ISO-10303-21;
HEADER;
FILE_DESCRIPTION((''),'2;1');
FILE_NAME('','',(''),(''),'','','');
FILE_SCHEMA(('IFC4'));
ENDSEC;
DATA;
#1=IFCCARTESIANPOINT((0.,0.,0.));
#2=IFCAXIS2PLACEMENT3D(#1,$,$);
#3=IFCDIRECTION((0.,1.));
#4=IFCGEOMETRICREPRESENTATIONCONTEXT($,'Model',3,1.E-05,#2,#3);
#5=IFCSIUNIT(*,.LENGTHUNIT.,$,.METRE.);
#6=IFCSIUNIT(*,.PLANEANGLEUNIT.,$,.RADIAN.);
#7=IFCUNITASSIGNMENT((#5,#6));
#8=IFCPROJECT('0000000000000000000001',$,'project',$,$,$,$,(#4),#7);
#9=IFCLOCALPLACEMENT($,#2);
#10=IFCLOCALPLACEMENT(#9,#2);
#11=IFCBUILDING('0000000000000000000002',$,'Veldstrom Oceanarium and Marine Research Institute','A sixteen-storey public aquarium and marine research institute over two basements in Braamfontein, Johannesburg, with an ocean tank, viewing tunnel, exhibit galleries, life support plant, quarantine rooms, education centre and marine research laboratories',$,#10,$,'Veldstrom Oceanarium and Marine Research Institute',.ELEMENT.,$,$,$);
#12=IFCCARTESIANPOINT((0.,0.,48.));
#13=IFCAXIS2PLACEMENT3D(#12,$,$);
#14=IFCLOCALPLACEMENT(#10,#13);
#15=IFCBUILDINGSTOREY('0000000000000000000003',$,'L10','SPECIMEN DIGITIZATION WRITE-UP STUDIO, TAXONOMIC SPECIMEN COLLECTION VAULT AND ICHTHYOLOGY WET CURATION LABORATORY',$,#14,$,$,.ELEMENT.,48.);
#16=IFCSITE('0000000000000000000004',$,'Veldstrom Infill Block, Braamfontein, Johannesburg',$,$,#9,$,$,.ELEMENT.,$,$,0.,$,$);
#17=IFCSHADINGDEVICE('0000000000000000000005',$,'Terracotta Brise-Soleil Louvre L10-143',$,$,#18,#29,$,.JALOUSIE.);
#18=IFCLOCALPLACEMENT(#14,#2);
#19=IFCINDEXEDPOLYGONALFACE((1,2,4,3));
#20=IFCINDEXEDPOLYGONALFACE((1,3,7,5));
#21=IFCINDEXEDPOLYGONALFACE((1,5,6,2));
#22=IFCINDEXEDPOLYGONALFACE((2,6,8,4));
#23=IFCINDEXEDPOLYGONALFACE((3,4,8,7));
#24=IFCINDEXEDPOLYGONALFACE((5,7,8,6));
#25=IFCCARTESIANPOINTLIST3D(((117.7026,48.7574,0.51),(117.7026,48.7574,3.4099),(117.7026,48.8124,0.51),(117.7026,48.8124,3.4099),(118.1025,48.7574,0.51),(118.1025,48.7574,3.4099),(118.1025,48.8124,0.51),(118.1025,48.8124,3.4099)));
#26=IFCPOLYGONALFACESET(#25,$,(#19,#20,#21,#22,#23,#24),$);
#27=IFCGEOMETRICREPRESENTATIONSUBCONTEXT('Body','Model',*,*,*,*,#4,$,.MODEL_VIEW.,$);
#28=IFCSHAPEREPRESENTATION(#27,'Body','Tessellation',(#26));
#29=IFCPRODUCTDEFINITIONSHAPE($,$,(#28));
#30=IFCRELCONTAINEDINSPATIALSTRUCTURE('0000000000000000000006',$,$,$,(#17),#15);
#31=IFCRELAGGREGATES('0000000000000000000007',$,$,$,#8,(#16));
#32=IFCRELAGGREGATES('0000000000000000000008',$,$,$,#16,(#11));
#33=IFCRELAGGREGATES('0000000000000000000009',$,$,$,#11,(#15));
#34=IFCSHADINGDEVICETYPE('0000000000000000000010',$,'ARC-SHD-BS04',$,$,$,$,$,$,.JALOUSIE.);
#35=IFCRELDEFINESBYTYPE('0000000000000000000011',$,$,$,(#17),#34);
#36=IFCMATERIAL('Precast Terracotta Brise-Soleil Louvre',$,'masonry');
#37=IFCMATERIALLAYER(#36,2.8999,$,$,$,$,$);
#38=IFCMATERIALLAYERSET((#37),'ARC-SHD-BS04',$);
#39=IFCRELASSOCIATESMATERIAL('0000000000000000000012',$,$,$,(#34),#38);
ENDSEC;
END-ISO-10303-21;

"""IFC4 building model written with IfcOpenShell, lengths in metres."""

from ifc_helpers import new_model, si_unit, direction, frame, origin, origin_2d, place, context, subcontext, project, spatial, rectangle, extrude, material, layer, layer_set, type_object, element, save


model = new_model("IFC4")

# Units and contexts
model_context = context("Model", 3, precision=1e-05, world=origin(), true_north=direction((0.0, 1.0)))
body_context = subcontext(model_context, "Body", "Model", "MODEL_VIEW")
ifc_project = project(units=[si_unit("LENGTHUNIT", "METRE"), si_unit("PLANEANGLEUNIT", "RADIAN")], contexts=[model_context])

# Site, building, storey
site_placement = place(None, origin())
site = spatial("IfcSite", under=ifc_project, at=site_placement, Name="Veldstrom Infill Block, Braamfontein, Johannesburg", CompositionType="ELEMENT", RefElevation=0.0)
building_placement = place(site_placement, origin())
building = spatial("IfcBuilding", under=site, at=building_placement, Name="Veldstrom Oceanarium and Marine Research Institute", Description="A sixteen-storey public aquarium and marine research institute over two basements in Braamfontein, Johannesburg, with an ocean tank, viewing tunnel, exhibit galleries, life support plant, quarantine rooms, education centre and marine research laboratories", LongName="Veldstrom Oceanarium and Marine Research Institute", CompositionType="ELEMENT")
storey_placement = place(building_placement, frame((0.0, 0.0, 48.0)))
storey = spatial("IfcBuildingStorey", under=building, at=storey_placement, Name="L10", Description="SPECIMEN DIGITIZATION WRITE-UP STUDIO, TAXONOMIC SPECIMEN COLLECTION VAULT AND ICHTHYOLOGY WET CURATION LABORATORY", CompositionType="ELEMENT", Elevation=48.0)

# Shading device
ifc_material_1 = material(Name="Precast Terracotta Brise-Soleil Louvre", Category="masonry")
ifc_layer_1 = layer(ifc_material_1, 2.8999)
ifc_layer_set_1 = layer_set([ifc_layer_1], Name="ARC-SHD-BS04")
shading_device_type = type_object("IfcShadingDeviceType", Name="ARC-SHD-BS04", PredefinedType="JALOUSIE", material=ifc_layer_set_1)
for number, where, z_axis, x_axis, name in (
    (1, (117.9026, 48.7849, 0.51), (0.0, 0.0, 1.0), (1.0, 0.0, 0.0), "Terracotta Brise-Soleil Louvre L10-143"),
):
    element("IfcShadingDevice", number, at=place(storey_placement, frame(where, z_axis=z_axis, x_axis=x_axis)), inside=storey, type_object=shading_device_type, Name=name, PredefinedType="JALOUSIE", context=body_context, shape_type="SweptSolid", body=[
        extrude(rectangle(XDim=0.3999, YDim=0.0549, at=origin_2d()), origin(), (0.0, 0.0, 1.0), 2.8999),
    ])

save(model, "model.ifc")
